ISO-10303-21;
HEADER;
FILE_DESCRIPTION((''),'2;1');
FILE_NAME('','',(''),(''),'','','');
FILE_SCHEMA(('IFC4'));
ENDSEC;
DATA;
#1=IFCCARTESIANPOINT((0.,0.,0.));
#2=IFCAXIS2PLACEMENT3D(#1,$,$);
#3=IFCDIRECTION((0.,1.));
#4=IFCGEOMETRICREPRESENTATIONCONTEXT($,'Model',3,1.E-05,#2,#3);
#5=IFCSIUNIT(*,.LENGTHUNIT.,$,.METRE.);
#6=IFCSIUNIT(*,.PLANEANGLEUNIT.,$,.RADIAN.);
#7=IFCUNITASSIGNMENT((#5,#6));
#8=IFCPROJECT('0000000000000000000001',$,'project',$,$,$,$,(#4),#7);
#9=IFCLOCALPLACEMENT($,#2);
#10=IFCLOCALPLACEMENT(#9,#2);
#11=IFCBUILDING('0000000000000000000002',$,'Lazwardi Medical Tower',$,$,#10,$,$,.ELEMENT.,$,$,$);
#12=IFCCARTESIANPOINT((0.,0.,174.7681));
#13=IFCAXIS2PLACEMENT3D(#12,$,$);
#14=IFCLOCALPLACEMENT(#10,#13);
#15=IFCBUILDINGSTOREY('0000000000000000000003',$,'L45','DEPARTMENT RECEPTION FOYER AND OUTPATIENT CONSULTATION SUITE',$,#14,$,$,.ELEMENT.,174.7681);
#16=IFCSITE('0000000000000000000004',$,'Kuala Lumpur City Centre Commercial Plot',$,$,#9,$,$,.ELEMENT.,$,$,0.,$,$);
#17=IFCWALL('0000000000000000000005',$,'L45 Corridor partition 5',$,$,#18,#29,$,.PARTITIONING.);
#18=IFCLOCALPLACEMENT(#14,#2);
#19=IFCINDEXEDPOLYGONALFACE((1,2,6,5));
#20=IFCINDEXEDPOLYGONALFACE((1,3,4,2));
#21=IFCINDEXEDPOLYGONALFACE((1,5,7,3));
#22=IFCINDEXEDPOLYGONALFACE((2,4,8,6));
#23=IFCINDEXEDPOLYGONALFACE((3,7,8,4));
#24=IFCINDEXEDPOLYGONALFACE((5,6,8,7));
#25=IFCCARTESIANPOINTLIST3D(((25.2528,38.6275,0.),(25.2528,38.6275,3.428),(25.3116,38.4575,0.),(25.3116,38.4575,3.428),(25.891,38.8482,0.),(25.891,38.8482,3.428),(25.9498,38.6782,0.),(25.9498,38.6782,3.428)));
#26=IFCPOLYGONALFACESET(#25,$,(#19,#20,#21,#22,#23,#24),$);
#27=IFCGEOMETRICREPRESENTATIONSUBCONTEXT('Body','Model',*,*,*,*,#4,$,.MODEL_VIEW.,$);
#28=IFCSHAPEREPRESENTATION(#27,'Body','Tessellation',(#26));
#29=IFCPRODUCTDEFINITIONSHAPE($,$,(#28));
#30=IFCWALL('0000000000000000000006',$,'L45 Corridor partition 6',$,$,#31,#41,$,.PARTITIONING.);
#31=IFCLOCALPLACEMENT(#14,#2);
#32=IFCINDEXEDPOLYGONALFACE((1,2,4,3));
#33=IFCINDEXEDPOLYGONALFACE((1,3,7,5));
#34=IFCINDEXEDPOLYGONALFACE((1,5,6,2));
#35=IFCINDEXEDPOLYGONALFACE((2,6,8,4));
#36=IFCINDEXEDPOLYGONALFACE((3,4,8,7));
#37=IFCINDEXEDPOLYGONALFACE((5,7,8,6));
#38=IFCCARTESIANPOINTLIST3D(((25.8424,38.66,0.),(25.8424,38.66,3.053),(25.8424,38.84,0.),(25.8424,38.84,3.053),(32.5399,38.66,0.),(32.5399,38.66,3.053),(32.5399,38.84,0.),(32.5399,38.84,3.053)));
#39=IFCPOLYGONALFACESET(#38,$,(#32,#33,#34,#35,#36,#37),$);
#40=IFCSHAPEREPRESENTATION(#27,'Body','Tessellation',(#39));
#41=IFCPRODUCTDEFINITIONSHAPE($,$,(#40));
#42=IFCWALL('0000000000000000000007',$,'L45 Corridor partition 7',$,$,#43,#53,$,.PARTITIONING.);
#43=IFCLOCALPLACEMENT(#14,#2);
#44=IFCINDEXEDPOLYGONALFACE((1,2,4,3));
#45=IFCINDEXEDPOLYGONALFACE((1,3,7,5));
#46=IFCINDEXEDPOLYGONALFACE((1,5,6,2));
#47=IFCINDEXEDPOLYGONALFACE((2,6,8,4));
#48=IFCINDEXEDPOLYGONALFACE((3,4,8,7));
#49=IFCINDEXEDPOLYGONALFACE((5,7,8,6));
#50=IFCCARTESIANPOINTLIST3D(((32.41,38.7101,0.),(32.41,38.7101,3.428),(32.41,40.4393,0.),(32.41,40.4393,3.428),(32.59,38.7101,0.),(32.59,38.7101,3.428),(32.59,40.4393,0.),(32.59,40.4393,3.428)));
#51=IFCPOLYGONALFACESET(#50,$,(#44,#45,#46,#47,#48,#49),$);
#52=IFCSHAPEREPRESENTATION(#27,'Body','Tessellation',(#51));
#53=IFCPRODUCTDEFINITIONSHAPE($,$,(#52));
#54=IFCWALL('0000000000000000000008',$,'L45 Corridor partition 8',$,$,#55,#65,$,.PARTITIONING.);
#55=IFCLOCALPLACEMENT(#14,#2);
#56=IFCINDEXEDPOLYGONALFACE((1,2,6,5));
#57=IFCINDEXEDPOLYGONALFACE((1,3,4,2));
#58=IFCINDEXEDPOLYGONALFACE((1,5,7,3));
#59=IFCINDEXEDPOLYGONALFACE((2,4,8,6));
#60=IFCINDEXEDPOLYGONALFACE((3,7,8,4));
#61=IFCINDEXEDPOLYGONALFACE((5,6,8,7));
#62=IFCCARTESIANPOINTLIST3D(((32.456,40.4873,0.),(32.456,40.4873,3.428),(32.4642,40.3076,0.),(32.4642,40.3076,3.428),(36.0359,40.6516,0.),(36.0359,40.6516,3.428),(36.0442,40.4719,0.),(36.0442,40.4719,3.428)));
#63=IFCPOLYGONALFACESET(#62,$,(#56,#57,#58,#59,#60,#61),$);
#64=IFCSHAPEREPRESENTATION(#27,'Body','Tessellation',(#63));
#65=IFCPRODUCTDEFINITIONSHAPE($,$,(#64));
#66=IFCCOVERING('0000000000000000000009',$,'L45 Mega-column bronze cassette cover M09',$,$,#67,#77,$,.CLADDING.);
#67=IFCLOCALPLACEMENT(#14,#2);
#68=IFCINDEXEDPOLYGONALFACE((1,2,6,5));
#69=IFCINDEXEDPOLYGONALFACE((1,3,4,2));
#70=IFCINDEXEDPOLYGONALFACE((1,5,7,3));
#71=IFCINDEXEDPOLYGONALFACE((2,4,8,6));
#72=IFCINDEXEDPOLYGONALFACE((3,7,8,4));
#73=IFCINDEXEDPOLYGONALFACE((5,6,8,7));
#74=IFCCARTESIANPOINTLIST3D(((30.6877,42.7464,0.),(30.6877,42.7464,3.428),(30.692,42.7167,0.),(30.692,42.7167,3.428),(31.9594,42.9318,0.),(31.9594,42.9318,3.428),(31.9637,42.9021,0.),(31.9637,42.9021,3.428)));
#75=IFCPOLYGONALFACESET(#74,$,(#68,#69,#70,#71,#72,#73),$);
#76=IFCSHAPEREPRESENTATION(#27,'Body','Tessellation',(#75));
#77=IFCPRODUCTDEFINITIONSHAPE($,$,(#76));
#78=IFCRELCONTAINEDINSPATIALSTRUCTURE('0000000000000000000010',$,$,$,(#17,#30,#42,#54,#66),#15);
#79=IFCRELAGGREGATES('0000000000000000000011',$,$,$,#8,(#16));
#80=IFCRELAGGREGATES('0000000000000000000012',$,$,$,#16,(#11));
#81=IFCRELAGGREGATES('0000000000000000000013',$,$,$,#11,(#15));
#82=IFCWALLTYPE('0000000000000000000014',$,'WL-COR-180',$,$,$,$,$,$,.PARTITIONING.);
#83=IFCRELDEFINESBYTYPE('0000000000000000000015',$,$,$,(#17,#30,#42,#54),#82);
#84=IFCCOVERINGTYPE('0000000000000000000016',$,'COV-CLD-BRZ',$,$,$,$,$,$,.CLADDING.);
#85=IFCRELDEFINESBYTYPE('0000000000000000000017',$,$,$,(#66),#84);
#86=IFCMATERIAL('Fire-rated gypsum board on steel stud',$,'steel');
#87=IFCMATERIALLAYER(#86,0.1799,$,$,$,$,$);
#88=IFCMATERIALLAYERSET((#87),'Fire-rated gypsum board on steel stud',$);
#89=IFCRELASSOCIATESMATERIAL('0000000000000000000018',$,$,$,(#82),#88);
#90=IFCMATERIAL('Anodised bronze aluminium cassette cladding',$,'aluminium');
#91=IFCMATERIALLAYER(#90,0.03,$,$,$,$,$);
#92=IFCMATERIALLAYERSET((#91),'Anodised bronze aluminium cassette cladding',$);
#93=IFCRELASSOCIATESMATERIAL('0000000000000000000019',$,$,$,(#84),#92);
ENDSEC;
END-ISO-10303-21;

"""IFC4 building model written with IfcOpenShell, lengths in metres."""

from ifc_helpers import new_model, si_unit, direction, frame, frame_2d, origin, origin_2d, place, context, subcontext, project, spatial, rectangle, extrude, material, layer, layer_set, type_object, element, save


model = new_model("IFC4")

# Units and contexts
model_context = context("Model", 3, precision=1e-05, world=origin(), true_north=direction((0.0, 1.0)))
body_context = subcontext(model_context, "Body", "Model", "MODEL_VIEW")
ifc_project = project(units=[si_unit("LENGTHUNIT", "METRE"), si_unit("PLANEANGLEUNIT", "RADIAN")], contexts=[model_context])

# Site, building, storey
site_placement = place(None, origin())
site = spatial("IfcSite", under=ifc_project, at=site_placement, Name="Kuala Lumpur City Centre Commercial Plot", CompositionType="ELEMENT", RefElevation=0.0)
building_placement = place(site_placement, origin())
building = spatial("IfcBuilding", under=site, at=building_placement, Name="Lazwardi Medical Tower", CompositionType="ELEMENT")
storey_placement = place(building_placement, frame((0.0, 0.0, 174.7681)))
storey = spatial("IfcBuildingStorey", under=building, at=storey_placement, Name="L45", Description="DEPARTMENT RECEPTION FOYER AND OUTPATIENT CONSULTATION SUITE", CompositionType="ELEMENT", Elevation=174.7681)

# Walls
ifc_material_1 = material(Name="Fire-rated gypsum board on steel stud", Category="steel")
ifc_layer_1 = layer(ifc_material_1, 0.1799)
ifc_layer_set_1 = layer_set([ifc_layer_1], Name="Fire-rated gypsum board on steel stud")
wall_type = type_object("IfcWallType", Name="WL-COR-180", PredefinedType="PARTITIONING", material=ifc_layer_set_1)
wall_1_placement = place(storey_placement, frame((25.2822, 38.5425, 0.0), z_axis=(0.0, 0.0, 1.0), x_axis=(0.945081, 0.326837, 0.0)))
element("IfcWall", 1, at=wall_1_placement, inside=storey, type_object=wall_type, Name="L45 Corridor partition 5", PredefinedType="PARTITIONING", context=body_context, shape_type="SweptSolid", body=[
    extrude(rectangle(XDim=0.6753, YDim=0.1799, at=frame_2d((0.3376, 0.0))), origin(), (0.0, 0.0, 1.0), 3.428),
])
wall_2_placement = place(storey_placement, frame((25.8425, 38.75, 0.0), z_axis=(0.0, 0.0, 1.0), x_axis=(1.0, 0.0, 0.0)))
element("IfcWall", 2, at=wall_2_placement, inside=storey, type_object=wall_type, Name="L45 Corridor partition 6", PredefinedType="PARTITIONING", context=body_context, shape_type="SweptSolid", body=[
    extrude(rectangle(XDim=6.6975, YDim=0.1799, at=frame_2d((3.3486, 0.0))), origin(), (0.0, 0.0, 1.0), 3.053),
])
wall_3_placement = place(storey_placement, frame((32.5, 38.71, 0.0), z_axis=(0.0, 0.0, 1.0), x_axis=(0.0, 1.0, 0.0)))
element("IfcWall", 3, at=wall_3_placement, inside=storey, type_object=wall_type, Name="L45 Corridor partition 7", PredefinedType="PARTITIONING", context=body_context, shape_type="SweptSolid", body=[
    extrude(rectangle(XDim=1.7292, YDim=0.1799, at=frame_2d((0.8647, 0.0))), origin(), (0.0, 0.0, 1.0), 3.428),
])
wall_4_placement = place(storey_placement, frame((32.46, 40.3975, 0.0), z_axis=(0.0, 0.0, 1.0), x_axis=(0.998948, 0.045846, 0.0)))
element("IfcWall", 4, at=wall_4_placement, inside=storey, type_object=wall_type, Name="L45 Corridor partition 8", PredefinedType="PARTITIONING", context=body_context, shape_type="SweptSolid", body=[
    extrude(rectangle(XDim=3.5837, YDim=0.1799, at=frame_2d((1.792, 0.0))), origin(), (0.0, 0.0, 1.0), 3.428),
])

# Covering
ifc_material_2 = material(Name="Anodised bronze aluminium cassette cladding", Category="aluminium")
ifc_layer_2 = layer(ifc_material_2, 0.03)
ifc_layer_set_2 = layer_set([ifc_layer_2], Name="Anodised bronze aluminium cassette cladding")
covering_type = type_object("IfcCoveringType", Name="COV-CLD-BRZ", PredefinedType="CLADDING", material=ifc_layer_set_2)
covering_placement = place(storey_placement, frame((31.3257, 42.8242, 0.0), z_axis=(0.0, 0.0, 1.0), x_axis=(-0.989539, -0.144265, 0.0)))
element("IfcCovering", 5, at=covering_placement, inside=storey, type_object=covering_type, Name="L45 Mega-column bronze cassette cover M09", PredefinedType="CLADDING", context=body_context, shape_type="SweptSolid", body=[
    extrude(rectangle(XDim=1.2852, YDim=0.03, at=origin_2d()), origin(), (0.0, 0.0, 1.0), 3.428),
])

save(model, "model.ifc")
